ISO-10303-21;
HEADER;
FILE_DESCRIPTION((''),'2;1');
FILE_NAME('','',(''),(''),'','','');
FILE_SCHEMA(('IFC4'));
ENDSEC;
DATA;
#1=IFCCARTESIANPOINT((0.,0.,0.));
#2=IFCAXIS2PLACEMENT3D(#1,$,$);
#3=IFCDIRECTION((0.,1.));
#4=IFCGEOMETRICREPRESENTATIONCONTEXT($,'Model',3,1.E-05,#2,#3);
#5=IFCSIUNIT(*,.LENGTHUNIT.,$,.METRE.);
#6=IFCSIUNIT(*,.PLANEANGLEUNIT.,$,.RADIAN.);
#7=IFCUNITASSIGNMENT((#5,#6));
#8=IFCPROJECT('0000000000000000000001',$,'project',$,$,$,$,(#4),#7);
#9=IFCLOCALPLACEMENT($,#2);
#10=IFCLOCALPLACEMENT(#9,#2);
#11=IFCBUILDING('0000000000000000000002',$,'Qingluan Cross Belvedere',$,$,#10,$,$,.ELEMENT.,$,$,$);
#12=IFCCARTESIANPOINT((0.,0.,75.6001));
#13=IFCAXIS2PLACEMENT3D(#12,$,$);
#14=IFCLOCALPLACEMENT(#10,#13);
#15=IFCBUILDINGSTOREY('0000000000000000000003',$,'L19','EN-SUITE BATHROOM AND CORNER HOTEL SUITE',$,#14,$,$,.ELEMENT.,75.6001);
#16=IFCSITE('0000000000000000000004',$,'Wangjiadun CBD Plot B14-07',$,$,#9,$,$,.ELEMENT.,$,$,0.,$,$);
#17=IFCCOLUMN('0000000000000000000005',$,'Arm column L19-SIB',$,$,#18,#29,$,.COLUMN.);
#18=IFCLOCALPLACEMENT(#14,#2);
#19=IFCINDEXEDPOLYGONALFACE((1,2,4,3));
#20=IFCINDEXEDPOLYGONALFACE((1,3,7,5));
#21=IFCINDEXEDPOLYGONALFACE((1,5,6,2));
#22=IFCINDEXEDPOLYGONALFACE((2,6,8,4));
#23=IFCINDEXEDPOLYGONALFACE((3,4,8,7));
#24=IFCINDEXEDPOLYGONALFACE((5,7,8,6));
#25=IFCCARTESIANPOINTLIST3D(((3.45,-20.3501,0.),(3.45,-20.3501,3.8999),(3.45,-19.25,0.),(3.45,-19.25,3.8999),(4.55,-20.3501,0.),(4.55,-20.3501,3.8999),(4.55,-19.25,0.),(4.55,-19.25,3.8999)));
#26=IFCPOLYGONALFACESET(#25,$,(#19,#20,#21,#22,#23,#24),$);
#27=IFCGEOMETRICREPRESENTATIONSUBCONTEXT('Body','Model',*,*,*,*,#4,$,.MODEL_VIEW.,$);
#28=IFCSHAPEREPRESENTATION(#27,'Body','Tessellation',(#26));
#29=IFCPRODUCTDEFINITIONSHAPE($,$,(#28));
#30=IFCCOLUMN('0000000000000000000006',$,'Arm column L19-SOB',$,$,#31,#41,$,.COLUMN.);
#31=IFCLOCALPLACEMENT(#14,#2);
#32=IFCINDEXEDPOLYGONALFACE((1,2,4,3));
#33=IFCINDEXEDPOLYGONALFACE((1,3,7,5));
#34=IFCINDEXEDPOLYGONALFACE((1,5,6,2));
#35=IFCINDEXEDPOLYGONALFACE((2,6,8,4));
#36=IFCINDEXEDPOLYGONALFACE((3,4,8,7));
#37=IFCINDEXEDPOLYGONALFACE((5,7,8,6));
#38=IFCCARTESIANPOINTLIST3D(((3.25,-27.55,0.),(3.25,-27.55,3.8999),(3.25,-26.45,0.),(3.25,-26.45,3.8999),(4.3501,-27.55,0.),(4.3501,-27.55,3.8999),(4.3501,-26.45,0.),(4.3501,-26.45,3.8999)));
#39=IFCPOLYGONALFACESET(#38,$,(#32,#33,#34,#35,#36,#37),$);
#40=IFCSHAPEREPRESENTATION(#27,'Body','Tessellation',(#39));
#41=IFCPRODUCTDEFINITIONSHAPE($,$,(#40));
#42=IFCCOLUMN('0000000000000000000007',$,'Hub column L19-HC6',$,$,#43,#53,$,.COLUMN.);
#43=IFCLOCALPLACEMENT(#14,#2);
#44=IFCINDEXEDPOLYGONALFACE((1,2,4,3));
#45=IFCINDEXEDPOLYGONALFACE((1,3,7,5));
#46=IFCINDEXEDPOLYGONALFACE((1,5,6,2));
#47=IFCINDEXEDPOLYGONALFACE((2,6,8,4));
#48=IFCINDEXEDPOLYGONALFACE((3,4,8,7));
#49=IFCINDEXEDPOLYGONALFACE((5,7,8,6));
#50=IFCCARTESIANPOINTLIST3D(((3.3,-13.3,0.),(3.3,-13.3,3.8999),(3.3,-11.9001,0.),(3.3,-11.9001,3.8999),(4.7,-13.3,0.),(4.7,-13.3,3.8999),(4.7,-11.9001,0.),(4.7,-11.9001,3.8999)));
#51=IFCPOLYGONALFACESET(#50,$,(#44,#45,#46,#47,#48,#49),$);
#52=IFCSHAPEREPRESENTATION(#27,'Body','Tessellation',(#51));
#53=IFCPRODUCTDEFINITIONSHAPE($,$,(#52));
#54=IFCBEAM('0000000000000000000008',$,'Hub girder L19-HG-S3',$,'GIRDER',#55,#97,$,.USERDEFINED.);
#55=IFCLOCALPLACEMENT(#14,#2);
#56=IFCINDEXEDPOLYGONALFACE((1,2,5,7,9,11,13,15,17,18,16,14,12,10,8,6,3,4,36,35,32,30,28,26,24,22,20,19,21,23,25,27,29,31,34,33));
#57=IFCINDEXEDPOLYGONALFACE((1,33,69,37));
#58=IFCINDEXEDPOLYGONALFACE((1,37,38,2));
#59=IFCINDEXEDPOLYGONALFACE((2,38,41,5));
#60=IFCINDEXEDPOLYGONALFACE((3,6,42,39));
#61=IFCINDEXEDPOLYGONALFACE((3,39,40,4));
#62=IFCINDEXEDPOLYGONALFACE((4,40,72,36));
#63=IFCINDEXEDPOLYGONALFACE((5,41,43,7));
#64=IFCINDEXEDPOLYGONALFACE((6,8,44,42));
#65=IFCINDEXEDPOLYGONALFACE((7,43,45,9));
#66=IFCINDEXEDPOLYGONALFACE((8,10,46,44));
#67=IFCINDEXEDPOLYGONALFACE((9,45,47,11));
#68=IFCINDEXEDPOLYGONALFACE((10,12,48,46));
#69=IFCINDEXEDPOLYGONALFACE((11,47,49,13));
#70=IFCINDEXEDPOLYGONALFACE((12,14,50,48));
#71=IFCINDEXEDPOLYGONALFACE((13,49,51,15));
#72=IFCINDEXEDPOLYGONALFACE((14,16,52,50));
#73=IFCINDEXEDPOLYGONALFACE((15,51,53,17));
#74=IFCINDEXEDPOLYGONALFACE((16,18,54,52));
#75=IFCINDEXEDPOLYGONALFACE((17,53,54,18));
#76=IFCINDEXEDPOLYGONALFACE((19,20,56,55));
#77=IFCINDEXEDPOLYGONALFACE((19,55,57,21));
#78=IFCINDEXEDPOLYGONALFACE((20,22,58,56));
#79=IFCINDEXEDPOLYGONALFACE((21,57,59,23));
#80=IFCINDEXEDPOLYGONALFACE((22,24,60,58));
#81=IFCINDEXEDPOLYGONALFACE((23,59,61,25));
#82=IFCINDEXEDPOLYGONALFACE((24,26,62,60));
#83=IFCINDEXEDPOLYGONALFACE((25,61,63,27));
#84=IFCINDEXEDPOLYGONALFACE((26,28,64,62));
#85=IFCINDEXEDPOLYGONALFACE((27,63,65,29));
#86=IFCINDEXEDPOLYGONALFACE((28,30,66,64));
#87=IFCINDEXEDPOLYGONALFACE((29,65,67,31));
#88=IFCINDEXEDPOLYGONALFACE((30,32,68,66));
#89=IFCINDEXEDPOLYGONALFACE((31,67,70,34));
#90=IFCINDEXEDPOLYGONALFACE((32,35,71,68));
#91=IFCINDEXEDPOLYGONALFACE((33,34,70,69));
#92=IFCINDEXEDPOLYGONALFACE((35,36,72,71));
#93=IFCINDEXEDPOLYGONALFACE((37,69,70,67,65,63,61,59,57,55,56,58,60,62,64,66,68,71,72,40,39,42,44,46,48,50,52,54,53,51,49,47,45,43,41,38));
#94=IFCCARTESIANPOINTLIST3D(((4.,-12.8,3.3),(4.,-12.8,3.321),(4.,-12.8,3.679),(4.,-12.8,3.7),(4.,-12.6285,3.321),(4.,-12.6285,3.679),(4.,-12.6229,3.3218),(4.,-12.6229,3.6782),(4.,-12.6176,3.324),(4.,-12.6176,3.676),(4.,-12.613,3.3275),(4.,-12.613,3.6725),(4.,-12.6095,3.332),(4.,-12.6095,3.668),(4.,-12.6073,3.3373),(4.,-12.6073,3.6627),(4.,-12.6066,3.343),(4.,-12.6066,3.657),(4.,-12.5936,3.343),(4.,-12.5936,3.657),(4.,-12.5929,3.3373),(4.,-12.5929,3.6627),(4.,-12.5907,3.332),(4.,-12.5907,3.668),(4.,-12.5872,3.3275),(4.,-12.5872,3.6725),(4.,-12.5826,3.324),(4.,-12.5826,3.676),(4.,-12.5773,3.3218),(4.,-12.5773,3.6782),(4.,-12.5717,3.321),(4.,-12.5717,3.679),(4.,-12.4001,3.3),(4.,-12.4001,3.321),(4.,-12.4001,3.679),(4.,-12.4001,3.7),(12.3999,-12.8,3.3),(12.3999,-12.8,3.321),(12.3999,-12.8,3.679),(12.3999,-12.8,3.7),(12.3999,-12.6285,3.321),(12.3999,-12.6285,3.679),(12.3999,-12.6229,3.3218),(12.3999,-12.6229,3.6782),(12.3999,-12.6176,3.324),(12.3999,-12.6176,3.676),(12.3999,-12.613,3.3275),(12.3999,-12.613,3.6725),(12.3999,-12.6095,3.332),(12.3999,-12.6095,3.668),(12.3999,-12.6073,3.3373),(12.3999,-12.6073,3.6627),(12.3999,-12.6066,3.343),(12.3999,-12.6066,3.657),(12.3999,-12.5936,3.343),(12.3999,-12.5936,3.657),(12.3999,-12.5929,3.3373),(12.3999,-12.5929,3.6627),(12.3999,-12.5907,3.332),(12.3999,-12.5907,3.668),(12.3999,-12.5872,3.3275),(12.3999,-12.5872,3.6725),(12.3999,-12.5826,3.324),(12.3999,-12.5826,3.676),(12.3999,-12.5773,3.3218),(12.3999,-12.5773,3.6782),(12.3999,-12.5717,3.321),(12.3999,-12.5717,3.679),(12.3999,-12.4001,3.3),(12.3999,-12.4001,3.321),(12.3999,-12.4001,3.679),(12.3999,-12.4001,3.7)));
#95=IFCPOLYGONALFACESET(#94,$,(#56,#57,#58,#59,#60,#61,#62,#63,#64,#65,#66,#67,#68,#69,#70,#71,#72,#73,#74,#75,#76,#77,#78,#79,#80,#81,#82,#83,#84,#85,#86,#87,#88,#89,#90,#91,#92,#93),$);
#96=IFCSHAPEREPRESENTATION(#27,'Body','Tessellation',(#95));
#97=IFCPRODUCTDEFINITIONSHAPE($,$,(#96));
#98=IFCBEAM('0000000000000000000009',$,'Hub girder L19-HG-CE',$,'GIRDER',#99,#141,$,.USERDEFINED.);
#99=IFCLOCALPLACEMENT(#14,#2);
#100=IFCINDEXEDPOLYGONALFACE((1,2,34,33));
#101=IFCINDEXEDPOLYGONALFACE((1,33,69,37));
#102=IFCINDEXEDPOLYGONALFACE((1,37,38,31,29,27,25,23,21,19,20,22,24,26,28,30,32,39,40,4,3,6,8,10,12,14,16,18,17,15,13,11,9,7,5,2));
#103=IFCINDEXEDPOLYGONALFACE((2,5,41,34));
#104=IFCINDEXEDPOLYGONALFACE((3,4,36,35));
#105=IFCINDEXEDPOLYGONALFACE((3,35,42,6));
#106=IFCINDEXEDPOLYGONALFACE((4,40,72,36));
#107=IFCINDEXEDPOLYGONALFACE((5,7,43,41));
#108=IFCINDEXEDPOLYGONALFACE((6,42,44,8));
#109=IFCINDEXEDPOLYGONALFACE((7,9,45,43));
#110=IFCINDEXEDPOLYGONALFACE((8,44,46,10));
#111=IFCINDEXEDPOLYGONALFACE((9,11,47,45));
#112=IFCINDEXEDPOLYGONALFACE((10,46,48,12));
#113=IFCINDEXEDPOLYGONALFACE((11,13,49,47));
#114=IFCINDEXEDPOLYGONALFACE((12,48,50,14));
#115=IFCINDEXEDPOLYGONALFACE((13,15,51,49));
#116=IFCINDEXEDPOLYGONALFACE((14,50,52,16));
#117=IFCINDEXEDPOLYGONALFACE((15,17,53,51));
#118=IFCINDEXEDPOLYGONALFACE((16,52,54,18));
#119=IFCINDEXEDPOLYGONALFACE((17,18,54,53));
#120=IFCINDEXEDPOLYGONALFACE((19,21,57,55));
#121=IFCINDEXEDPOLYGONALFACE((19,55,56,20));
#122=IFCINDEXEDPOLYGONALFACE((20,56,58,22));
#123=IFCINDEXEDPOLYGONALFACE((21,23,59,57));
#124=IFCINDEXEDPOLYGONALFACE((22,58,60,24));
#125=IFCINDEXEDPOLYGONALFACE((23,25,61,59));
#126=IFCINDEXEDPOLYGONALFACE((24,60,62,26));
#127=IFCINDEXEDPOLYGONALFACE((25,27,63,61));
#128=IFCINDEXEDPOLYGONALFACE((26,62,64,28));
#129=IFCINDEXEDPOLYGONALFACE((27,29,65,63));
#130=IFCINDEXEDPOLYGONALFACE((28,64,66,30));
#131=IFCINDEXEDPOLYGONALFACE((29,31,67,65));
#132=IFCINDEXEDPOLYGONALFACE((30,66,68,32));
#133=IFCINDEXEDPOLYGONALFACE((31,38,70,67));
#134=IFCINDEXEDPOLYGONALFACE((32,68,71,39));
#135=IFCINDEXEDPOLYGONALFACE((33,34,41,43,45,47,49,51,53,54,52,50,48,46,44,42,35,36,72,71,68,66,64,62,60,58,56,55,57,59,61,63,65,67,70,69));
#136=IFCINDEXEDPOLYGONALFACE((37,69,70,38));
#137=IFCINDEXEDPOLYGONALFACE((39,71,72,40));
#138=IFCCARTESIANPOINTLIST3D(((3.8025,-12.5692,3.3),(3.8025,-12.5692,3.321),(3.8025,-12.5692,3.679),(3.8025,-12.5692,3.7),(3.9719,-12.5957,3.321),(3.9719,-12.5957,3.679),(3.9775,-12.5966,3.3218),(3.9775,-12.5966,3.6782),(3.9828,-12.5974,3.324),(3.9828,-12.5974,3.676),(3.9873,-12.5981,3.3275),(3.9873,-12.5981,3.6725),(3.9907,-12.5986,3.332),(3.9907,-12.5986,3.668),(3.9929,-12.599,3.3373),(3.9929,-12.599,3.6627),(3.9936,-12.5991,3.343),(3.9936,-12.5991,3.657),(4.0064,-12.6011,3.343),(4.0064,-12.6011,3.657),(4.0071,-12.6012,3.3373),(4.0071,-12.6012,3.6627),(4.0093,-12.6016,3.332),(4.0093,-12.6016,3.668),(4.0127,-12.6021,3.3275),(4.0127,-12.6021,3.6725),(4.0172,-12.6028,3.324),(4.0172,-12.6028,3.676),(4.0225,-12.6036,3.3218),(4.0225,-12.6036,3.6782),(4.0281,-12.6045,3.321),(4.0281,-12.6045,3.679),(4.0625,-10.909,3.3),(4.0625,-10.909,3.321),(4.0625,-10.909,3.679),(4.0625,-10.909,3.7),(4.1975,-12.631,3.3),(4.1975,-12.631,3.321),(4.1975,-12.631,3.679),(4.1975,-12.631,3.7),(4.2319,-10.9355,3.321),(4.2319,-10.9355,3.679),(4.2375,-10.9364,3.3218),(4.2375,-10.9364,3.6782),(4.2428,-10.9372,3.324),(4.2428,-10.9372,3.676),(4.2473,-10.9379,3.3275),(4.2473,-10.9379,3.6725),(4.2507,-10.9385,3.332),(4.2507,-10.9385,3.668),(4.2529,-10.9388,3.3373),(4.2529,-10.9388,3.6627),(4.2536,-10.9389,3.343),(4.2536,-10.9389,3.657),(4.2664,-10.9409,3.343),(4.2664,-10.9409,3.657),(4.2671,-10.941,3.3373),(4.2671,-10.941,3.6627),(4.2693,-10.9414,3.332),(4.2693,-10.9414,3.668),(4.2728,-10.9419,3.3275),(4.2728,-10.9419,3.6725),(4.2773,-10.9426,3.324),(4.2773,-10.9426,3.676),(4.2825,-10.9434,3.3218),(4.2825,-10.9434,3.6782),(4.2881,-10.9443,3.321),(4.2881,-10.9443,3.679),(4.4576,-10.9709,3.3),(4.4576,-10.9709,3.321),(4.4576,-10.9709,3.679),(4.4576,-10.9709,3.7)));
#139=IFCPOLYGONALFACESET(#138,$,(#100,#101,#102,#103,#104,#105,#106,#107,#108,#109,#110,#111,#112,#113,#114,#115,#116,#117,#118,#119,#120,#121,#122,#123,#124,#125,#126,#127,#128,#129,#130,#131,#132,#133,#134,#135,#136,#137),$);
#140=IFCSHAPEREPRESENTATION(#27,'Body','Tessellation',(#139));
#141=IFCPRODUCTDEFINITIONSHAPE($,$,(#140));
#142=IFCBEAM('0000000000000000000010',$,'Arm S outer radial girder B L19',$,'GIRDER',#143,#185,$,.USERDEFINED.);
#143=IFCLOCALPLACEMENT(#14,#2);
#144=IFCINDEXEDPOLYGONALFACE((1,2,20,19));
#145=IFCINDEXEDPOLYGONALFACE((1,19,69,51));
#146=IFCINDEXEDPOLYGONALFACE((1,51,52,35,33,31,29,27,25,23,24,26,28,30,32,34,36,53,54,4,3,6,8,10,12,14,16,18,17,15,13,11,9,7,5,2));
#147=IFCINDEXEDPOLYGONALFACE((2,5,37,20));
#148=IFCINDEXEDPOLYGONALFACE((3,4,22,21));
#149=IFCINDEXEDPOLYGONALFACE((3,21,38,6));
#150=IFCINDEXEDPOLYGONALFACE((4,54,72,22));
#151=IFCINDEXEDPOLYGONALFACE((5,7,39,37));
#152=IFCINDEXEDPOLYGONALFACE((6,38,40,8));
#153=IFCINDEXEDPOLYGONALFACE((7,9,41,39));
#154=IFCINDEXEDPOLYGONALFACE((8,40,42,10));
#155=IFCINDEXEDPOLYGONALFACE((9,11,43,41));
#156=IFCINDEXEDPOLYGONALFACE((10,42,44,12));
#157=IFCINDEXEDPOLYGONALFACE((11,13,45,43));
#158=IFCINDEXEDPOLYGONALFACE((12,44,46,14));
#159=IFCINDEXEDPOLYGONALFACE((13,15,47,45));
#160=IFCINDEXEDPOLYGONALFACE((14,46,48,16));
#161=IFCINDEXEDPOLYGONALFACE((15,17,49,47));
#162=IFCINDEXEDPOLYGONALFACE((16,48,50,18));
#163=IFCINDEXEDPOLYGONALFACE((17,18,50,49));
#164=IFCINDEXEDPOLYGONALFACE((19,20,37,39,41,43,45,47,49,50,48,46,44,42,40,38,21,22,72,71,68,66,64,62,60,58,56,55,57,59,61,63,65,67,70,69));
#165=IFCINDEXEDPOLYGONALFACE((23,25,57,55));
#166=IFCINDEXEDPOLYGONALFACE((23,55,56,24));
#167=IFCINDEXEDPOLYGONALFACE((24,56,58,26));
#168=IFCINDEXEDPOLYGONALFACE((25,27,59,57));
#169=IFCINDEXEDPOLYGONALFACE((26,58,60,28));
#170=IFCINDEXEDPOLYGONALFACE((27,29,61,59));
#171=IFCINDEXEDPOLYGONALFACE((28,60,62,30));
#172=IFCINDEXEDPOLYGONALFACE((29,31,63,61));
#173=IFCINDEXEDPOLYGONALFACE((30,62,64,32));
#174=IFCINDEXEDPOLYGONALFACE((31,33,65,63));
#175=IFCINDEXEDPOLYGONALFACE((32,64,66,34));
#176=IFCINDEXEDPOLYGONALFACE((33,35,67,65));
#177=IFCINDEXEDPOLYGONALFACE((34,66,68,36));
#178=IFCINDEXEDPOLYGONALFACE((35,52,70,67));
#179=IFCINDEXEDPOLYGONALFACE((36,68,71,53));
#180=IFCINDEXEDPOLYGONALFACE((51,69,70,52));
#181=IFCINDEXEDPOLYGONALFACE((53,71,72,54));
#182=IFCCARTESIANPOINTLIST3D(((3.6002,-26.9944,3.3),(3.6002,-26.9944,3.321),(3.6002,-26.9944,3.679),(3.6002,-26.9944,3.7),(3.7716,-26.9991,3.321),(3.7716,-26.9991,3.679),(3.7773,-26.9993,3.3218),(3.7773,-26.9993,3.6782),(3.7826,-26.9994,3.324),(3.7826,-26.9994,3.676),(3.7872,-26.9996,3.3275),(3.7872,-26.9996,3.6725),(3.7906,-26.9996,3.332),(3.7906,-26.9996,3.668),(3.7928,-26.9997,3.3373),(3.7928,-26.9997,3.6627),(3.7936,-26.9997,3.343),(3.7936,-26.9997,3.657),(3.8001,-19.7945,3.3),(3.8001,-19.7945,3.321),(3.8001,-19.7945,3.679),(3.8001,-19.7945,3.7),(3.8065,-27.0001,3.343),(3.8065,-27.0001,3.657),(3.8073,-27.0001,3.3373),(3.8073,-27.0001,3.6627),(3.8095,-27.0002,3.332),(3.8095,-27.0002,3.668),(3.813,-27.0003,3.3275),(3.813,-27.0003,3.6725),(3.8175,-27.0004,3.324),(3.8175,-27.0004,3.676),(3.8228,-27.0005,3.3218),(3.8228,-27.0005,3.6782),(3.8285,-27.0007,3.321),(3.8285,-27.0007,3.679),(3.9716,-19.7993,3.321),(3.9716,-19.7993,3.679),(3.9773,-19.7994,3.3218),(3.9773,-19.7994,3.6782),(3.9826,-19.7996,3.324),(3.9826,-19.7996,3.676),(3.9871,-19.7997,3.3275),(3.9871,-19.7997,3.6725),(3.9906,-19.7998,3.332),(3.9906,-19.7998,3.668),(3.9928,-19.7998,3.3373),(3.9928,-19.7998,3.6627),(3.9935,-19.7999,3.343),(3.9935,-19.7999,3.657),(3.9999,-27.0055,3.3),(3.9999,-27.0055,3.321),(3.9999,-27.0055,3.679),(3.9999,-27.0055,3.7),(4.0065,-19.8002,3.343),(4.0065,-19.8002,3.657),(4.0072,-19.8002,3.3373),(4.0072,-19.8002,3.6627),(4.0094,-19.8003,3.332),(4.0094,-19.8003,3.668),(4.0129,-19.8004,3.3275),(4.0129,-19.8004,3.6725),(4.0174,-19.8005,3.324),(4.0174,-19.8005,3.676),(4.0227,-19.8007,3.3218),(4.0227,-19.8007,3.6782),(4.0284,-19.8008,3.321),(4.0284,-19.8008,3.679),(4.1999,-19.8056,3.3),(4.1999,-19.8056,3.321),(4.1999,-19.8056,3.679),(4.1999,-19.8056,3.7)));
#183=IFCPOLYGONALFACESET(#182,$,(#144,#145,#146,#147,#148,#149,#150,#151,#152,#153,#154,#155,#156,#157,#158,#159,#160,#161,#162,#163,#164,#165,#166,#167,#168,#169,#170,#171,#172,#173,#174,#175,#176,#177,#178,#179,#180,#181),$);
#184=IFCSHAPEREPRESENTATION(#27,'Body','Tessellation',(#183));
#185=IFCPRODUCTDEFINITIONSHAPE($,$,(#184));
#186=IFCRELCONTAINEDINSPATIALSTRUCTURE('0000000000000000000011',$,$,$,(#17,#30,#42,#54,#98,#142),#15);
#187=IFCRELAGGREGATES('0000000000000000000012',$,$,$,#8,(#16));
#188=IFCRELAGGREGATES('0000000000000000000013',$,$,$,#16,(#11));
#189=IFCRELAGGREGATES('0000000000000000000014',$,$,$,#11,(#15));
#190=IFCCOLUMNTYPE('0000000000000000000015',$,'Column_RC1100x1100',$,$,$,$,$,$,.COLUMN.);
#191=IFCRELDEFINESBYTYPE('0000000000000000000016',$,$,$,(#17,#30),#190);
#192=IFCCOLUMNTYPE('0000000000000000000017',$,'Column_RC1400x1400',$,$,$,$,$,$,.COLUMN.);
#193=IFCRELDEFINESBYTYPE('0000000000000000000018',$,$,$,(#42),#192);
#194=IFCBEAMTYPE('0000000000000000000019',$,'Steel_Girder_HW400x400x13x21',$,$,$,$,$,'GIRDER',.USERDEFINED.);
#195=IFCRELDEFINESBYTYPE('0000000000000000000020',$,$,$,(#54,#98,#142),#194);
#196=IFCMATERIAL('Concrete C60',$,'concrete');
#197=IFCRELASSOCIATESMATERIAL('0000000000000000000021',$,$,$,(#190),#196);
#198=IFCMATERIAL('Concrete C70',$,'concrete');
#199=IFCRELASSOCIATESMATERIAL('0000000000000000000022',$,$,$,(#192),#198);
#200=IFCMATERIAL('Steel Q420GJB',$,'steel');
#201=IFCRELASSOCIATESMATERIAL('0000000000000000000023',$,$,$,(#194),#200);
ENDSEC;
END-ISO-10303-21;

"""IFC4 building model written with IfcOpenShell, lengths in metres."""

from ifc_helpers import new_model, si_unit, direction, frame, origin, origin_2d, place, context, subcontext, project, spatial, rectangle, i_section, extrude, material, material_profile, profile_set, type_object, element, save


model = new_model("IFC4")

# Units and contexts
model_context = context("Model", 3, precision=1e-05, world=origin(), true_north=direction((0.0, 1.0)))
body_context = subcontext(model_context, "Body", "Model", "MODEL_VIEW")
ifc_project = project(units=[si_unit("LENGTHUNIT", "METRE"), si_unit("PLANEANGLEUNIT", "RADIAN")], contexts=[model_context])

# Site, building, storey
site_placement = place(None, origin())
site = spatial("IfcSite", under=ifc_project, at=site_placement, Name="Wangjiadun CBD Plot B14-07", CompositionType="ELEMENT", RefElevation=0.0)
building_placement = place(site_placement, origin())
building = spatial("IfcBuilding", under=site, at=building_placement, Name="Qingluan Cross Belvedere", CompositionType="ELEMENT")
storey_placement = place(building_placement, frame((0.0, 0.0, 75.6001)))
storey = spatial("IfcBuildingStorey", under=building, at=storey_placement, Name="L19", Description="EN-SUITE BATHROOM AND CORNER HOTEL SUITE", CompositionType="ELEMENT", Elevation=75.6001)

# Columns
ifc_material_1 = material(Name="Concrete C60", Category="concrete")
ifc_material_profile_1 = material_profile(ifc_material_1, rectangle(XDim=1.1001, YDim=1.1001, at=origin_2d()), Name="RC1100x1100")
ifc_profile_set_1 = profile_set([ifc_material_profile_1], Name="Concrete C60")
column_type_1 = type_object("IfcColumnType", Name="Column_RC1100x1100", PredefinedType="COLUMN", material=ifc_profile_set_1)
for number, where, z_axis, x_axis, name in (
    (1, (4.0, -19.8, 0.0), (0.0, 0.0, 1.0), (1.0, 0.0, 0.0), "Arm column L19-SIB"),
    (2, (3.8, -27.0, 0.0), (0.0, 0.0, 1.0), (1.0, 0.0, 0.0), "Arm column L19-SOB"),
):
    element("IfcColumn", number, at=place(storey_placement, frame(where, z_axis=z_axis, x_axis=x_axis)), inside=storey, type_object=column_type_1, Name=name, PredefinedType="COLUMN", context=body_context, shape_type="SweptSolid", body=[
        extrude(rectangle(XDim=1.1001, YDim=1.1001, at=origin_2d()), origin(), (0.0, 0.0, 1.0), 3.8999),
    ])
ifc_material_2 = material(Name="Concrete C70", Category="concrete")
ifc_material_profile_2 = material_profile(ifc_material_2, rectangle(XDim=1.3999, YDim=1.3999, at=origin_2d()), Name="RC1400x1400")
ifc_profile_set_2 = profile_set([ifc_material_profile_2], Name="Concrete C70")
column_type_2 = type_object("IfcColumnType", Name="Column_RC1400x1400", PredefinedType="COLUMN", material=ifc_profile_set_2)
column_placement = place(storey_placement, frame((4.0, -12.6001, 0.0), z_axis=(0.0, 0.0, 1.0), x_axis=(1.0, 0.0, 0.0)))
element("IfcColumn", 3, at=column_placement, inside=storey, type_object=column_type_2, Name="Hub column L19-HC6", PredefinedType="COLUMN", context=body_context, shape_type="SweptSolid", body=[
    extrude(rectangle(XDim=1.3999, YDim=1.3999, at=origin_2d()), origin(), (0.0, 0.0, 1.0), 3.8999),
])

# Beams
ifc_material_3 = material(Name="Steel Q420GJB", Category="steel")
ifc_material_profile_3 = material_profile(ifc_material_3, i_section(OverallWidth=0.3999, OverallDepth=0.3999, WebThickness=0.0129, FlangeThickness=0.021, FilletRadius=0.022, at=origin_2d()), Name="HW400x400x13x21")
ifc_profile_set_3 = profile_set([ifc_material_profile_3], Name="Steel Q420GJB")
beam_type = type_object("IfcBeamType", Name="Steel_Girder_HW400x400x13x21", ElementType="GIRDER", PredefinedType="USERDEFINED", material=ifc_profile_set_3)
beam_1_placement = place(storey_placement, frame((4.0, -12.6001, 3.5), z_axis=(1.0, 0.0, 0.0), x_axis=(0.0, 1.0, 0.0)))
element("IfcBeam", 4, at=beam_1_placement, inside=storey, type_object=beam_type, Name="Hub girder L19-HG-S3", ObjectType="GIRDER", PredefinedType="USERDEFINED", context=body_context, shape_type="SweptSolid", body=[
    extrude(i_section(OverallWidth=0.3999, OverallDepth=0.3999, WebThickness=0.0129, FlangeThickness=0.021, FilletRadius=0.022, at=origin_2d()), origin(), (0.0, 0.0, 1.0), 8.3999),
])
beam_2_placement = place(storey_placement, frame((4.0, -12.6001, 3.5), z_axis=(0.154731, 0.987957, 0.0), x_axis=(-0.987957, 0.154731, 0.0)))
element("IfcBeam", 5, at=beam_2_placement, inside=storey, type_object=beam_type, Name="Hub girder L19-HG-CE", ObjectType="GIRDER", PredefinedType="USERDEFINED", context=body_context, shape_type="SweptSolid", body=[
    extrude(i_section(OverallWidth=0.3999, OverallDepth=0.3999, WebThickness=0.0129, FlangeThickness=0.021, FilletRadius=0.022, at=origin_2d()), origin(), (0.0, 0.0, 1.0), 1.6804),
])
beam_3_placement = place(storey_placement, frame((4.0, -19.8, 3.5), z_axis=(-0.02776, -0.999615, 0.0), x_axis=(0.999615, -0.02776, 0.0)))
element("IfcBeam", 6, at=beam_3_placement, inside=storey, type_object=beam_type, Name="Arm S outer radial girder B L19", ObjectType="GIRDER", PredefinedType="USERDEFINED", context=body_context, shape_type="SweptSolid", body=[
    extrude(i_section(OverallWidth=0.3999, OverallDepth=0.3999, WebThickness=0.0129, FlangeThickness=0.021, FilletRadius=0.022, at=origin_2d()), origin(), (0.0, 0.0, 1.0), 7.2026),
])

save(model, "model.ifc")
